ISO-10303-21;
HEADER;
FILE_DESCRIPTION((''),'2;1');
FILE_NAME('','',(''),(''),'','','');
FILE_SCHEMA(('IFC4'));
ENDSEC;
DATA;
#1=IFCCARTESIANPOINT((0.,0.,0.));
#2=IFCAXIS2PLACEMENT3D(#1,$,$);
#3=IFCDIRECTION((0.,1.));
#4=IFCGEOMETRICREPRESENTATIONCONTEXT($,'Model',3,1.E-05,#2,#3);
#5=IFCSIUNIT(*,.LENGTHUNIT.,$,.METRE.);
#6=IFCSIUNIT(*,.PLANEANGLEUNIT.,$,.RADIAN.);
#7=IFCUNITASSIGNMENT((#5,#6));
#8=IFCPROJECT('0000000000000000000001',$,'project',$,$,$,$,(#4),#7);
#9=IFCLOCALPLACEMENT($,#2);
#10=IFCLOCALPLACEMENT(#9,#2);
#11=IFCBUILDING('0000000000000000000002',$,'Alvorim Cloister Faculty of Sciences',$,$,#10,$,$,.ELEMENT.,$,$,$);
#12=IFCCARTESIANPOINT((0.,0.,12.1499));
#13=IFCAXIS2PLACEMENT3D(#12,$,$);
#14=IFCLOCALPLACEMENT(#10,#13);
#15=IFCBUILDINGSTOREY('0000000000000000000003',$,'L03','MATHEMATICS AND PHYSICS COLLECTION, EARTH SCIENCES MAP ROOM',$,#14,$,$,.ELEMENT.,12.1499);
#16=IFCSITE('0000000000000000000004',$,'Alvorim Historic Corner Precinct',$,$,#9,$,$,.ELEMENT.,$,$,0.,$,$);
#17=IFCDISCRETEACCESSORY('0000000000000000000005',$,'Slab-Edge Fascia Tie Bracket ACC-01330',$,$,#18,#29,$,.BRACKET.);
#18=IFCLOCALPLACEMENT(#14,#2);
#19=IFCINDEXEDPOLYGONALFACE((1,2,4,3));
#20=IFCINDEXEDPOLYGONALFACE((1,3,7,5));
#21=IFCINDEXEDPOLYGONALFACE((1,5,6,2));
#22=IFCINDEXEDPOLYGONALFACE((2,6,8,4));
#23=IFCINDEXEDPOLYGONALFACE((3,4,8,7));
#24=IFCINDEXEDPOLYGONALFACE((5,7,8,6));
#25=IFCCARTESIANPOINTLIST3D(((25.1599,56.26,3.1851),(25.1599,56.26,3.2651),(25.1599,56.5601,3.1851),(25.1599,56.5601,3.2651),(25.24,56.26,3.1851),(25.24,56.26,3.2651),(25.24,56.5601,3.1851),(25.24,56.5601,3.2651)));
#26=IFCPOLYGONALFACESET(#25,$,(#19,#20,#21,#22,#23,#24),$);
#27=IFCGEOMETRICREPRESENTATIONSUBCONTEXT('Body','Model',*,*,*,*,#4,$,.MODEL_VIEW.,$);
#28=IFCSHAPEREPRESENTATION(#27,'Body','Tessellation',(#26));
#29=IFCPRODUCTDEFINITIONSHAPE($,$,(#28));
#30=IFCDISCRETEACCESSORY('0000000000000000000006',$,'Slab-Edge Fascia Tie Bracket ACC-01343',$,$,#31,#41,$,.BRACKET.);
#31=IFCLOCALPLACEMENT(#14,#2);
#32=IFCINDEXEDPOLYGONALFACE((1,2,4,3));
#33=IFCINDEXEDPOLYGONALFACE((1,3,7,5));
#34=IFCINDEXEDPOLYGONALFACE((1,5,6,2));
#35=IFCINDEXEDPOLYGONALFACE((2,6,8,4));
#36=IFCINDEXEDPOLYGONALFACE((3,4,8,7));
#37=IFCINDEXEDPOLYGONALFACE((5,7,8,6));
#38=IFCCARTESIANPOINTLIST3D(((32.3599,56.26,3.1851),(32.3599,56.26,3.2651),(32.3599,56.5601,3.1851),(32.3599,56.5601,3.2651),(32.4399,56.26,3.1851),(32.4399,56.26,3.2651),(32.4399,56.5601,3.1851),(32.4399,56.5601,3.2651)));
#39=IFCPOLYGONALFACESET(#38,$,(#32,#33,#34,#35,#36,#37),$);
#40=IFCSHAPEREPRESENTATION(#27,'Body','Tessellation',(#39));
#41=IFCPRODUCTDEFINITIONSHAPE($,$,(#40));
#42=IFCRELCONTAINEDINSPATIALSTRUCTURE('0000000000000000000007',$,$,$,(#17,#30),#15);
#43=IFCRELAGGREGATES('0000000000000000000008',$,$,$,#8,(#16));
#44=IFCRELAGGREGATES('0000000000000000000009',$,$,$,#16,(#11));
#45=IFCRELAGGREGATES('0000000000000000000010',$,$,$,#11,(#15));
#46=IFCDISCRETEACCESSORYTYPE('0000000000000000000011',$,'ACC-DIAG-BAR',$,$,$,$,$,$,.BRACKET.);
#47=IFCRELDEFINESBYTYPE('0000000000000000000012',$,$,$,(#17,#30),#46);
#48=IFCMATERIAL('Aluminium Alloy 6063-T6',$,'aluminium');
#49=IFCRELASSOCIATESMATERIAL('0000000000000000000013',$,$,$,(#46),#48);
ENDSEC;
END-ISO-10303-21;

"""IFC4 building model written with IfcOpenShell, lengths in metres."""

from ifc_helpers import new_model, si_unit, direction, frame, origin, origin_2d, place, context, subcontext, project, spatial, rectangle, extrude, material, type_object, element, save


model = new_model("IFC4")

# Units and contexts
model_context = context("Model", 3, precision=1e-05, world=origin(), true_north=direction((0.0, 1.0)))
body_context = subcontext(model_context, "Body", "Model", "MODEL_VIEW")
ifc_project = project(units=[si_unit("LENGTHUNIT", "METRE"), si_unit("PLANEANGLEUNIT", "RADIAN")], contexts=[model_context])

# Site, building, storey
site_placement = place(None, origin())
site = spatial("IfcSite", under=ifc_project, at=site_placement, Name="Alvorim Historic Corner Precinct", CompositionType="ELEMENT", RefElevation=0.0)
building_placement = place(site_placement, origin())
building = spatial("IfcBuilding", under=site, at=building_placement, Name="Alvorim Cloister Faculty of Sciences", CompositionType="ELEMENT")
storey_placement = place(building_placement, frame((0.0, 0.0, 12.1499)))
storey = spatial("IfcBuildingStorey", under=building, at=storey_placement, Name="L03", Description="MATHEMATICS AND PHYSICS COLLECTION, EARTH SCIENCES MAP ROOM", CompositionType="ELEMENT", Elevation=12.1499)

# Shared definitions
ifc_material_1 = material(Name="Aluminium Alloy 6063-T6", Category="aluminium")

# Discrete accessories
discrete_accessory_type = type_object("IfcDiscreteAccessoryType", Name="ACC-DIAG-BAR", PredefinedType="BRACKET", material=ifc_material_1)
for number, where, z_axis, x_axis, name in (
    (1, (25.2, 56.26, 3.2251), (0.0, 1.0, 0.0), (-1.0, 0.0, 0.0), "Slab-Edge Fascia Tie Bracket ACC-01330"),
    (2, (32.3999, 56.26, 3.2251), (0.0, 1.0, 0.0), (-1.0, 0.0, 0.0), "Slab-Edge Fascia Tie Bracket ACC-01343"),
):
    element("IfcDiscreteAccessory", number, at=place(storey_placement, frame(where, z_axis=z_axis, x_axis=x_axis)), inside=storey, type_object=discrete_accessory_type, Name=name, PredefinedType="BRACKET", context=body_context, shape_type="SweptSolid", body=[
        extrude(rectangle(XDim=0.0801, YDim=0.0801, at=origin_2d()), origin(), (0.0, 0.0, 1.0), 0.3),
    ])

save(model, "model.ifc")
